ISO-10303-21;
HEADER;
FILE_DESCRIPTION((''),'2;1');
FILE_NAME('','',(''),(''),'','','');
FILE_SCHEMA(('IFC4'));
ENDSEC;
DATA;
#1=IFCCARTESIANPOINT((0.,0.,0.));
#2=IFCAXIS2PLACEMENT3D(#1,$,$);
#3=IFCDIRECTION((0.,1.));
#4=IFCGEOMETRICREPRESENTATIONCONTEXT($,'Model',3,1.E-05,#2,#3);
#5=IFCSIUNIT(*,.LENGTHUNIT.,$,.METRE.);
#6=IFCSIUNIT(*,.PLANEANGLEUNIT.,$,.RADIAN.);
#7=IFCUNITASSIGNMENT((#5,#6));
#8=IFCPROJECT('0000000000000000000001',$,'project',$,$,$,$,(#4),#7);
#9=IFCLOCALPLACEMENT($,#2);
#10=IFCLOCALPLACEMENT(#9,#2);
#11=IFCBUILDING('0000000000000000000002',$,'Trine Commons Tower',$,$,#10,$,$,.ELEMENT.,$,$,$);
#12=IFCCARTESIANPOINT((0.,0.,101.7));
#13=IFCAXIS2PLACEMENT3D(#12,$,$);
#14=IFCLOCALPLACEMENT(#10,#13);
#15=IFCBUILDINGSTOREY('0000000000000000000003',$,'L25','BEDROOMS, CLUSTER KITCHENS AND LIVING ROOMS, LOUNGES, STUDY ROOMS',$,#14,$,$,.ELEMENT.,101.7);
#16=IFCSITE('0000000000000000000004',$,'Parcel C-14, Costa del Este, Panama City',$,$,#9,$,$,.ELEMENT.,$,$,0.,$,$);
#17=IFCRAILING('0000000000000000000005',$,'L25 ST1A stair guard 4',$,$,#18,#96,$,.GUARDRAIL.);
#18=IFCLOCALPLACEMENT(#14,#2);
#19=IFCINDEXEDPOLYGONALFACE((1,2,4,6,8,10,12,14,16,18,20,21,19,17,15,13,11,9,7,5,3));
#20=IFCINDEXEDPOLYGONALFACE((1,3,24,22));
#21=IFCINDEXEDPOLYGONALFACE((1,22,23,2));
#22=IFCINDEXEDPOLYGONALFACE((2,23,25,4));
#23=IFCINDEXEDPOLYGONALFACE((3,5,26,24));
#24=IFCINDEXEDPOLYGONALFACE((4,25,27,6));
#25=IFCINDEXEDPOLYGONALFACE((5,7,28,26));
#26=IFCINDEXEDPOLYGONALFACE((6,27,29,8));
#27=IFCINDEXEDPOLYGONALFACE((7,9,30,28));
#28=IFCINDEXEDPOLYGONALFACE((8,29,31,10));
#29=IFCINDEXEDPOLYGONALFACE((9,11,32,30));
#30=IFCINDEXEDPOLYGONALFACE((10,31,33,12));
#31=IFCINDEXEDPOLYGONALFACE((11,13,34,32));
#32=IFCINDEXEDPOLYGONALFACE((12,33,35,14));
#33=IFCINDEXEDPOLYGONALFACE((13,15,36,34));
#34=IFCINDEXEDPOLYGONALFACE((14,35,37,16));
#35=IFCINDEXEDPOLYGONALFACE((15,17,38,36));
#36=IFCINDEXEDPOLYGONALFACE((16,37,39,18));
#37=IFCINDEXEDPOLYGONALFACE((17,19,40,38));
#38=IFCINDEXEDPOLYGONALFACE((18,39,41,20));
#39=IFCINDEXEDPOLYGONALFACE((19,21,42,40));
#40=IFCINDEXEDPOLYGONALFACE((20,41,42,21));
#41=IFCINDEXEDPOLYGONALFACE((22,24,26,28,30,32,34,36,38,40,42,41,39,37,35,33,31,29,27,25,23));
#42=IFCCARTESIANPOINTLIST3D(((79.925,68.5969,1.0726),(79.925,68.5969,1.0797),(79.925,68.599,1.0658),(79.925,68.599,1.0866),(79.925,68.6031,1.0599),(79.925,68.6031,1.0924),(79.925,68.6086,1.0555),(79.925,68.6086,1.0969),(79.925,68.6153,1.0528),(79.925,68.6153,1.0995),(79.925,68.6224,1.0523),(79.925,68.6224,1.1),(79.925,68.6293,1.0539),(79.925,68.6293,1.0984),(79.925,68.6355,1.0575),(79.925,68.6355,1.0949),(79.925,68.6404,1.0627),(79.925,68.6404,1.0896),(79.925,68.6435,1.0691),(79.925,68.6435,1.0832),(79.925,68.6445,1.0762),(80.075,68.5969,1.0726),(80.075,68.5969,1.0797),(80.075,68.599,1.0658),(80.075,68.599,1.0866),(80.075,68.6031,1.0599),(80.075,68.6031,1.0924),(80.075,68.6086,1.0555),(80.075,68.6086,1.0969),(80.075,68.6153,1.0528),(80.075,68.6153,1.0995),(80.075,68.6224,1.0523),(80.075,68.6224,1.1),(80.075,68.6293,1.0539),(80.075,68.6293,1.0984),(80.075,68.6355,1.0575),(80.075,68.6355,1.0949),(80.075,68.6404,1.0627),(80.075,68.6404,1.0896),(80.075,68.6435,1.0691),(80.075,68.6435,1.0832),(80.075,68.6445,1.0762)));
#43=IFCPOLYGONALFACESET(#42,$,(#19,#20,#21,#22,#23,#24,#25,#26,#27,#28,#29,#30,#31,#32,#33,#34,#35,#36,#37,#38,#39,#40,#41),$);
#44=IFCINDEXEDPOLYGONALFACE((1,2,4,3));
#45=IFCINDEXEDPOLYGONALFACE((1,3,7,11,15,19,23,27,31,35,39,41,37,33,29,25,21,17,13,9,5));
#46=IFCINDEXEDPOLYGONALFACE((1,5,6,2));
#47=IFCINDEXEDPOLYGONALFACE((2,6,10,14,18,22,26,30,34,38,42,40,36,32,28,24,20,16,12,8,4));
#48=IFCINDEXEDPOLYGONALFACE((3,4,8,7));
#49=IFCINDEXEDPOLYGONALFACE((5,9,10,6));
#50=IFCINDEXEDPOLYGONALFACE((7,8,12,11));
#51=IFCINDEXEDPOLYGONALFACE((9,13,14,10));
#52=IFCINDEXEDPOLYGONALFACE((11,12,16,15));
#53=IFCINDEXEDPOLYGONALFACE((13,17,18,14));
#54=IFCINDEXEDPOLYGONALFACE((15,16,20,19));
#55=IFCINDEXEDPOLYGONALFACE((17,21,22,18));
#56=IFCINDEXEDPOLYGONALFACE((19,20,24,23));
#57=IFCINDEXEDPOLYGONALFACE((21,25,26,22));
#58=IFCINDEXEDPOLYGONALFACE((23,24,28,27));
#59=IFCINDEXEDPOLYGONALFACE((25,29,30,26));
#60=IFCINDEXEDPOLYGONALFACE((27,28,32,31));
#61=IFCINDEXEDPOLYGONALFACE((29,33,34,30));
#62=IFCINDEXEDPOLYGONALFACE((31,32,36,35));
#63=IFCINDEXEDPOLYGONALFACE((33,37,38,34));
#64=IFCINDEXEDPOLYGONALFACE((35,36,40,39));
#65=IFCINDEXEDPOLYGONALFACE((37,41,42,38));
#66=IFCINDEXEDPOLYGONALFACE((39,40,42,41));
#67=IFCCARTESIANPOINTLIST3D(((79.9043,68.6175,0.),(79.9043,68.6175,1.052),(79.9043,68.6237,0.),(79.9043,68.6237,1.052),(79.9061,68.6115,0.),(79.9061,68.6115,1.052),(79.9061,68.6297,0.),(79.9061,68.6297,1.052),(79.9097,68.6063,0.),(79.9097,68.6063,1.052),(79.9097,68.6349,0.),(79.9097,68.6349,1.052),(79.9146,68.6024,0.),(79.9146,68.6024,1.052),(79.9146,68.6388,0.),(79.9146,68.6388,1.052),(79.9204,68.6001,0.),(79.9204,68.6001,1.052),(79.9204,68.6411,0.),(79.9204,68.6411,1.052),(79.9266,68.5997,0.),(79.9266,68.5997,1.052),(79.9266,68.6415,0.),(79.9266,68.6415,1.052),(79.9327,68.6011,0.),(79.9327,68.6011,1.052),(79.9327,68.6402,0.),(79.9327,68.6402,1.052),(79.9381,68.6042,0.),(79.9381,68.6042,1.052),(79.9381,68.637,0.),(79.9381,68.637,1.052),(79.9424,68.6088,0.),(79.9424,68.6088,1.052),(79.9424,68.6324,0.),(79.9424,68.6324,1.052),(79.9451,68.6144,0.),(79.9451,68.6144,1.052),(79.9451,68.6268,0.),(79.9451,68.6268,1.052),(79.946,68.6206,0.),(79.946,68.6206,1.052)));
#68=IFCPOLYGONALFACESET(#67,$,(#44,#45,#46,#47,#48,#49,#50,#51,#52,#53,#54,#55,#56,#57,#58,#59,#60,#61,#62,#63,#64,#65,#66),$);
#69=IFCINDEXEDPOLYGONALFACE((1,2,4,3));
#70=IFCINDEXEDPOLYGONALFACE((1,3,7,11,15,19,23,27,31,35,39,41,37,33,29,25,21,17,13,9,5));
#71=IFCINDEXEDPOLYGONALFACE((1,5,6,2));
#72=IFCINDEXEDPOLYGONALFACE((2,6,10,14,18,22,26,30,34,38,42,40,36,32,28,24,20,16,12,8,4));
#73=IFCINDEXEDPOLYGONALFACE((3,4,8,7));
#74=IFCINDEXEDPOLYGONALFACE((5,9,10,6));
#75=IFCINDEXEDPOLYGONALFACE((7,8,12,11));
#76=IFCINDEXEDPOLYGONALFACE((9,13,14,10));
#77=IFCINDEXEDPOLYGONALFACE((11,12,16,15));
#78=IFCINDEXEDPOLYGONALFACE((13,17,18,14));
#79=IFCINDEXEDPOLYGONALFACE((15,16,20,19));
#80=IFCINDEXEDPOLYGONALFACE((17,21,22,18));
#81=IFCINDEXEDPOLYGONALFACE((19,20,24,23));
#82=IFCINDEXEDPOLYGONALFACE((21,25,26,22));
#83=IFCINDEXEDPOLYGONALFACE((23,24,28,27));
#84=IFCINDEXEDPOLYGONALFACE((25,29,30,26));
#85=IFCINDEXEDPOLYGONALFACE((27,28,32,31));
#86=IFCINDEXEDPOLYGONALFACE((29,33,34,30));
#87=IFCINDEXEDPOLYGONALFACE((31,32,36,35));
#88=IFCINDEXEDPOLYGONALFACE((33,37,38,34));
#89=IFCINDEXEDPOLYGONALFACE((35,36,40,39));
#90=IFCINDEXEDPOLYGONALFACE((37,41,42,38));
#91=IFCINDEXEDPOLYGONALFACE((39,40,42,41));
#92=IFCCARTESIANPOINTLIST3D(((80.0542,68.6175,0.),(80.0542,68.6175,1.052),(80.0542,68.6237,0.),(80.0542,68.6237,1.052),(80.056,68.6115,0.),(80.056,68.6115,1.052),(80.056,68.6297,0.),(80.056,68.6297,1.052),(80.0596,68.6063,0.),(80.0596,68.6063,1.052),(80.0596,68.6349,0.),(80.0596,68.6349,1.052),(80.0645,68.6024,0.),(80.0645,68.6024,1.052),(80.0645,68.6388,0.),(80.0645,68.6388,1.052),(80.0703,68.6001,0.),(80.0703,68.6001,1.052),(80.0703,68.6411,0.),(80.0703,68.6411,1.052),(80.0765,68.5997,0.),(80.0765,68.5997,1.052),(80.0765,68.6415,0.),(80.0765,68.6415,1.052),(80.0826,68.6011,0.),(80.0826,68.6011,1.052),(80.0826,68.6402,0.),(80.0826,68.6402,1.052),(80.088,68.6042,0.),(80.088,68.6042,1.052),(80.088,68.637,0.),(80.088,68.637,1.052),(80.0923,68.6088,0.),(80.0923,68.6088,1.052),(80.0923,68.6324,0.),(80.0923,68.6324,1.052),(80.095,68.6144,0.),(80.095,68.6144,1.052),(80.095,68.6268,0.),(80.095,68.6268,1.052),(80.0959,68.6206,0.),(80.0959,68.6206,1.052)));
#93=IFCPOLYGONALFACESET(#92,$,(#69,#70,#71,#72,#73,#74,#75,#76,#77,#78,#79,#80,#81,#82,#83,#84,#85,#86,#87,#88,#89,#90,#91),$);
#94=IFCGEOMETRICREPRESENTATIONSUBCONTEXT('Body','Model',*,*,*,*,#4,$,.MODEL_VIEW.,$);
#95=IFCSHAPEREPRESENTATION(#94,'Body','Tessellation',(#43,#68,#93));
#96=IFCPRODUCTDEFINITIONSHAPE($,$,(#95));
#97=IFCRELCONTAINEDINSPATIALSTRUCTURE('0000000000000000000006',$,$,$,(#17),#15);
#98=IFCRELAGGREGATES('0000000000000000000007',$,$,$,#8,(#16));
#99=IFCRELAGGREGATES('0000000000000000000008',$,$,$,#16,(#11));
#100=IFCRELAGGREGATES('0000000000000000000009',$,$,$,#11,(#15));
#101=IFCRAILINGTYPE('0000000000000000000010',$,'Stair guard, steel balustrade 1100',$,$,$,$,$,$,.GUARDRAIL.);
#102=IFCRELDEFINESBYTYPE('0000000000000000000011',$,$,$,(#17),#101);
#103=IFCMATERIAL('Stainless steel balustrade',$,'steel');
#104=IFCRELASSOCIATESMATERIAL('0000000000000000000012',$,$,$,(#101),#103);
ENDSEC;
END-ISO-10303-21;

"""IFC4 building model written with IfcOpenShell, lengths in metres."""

from ifc_helpers import new_model, si_unit, direction, frame, origin, origin_2d, place, context, subcontext, project, spatial, circle, extrude, material, type_object, element, save


model = new_model("IFC4")

# Units and contexts
model_context = context("Model", 3, precision=1e-05, world=origin(), true_north=direction((0.0, 1.0)))
body_context = subcontext(model_context, "Body", "Model", "MODEL_VIEW")
ifc_project = project(units=[si_unit("LENGTHUNIT", "METRE"), si_unit("PLANEANGLEUNIT", "RADIAN")], contexts=[model_context])

# Site, building, storey
site_placement = place(None, origin())
site = spatial("IfcSite", under=ifc_project, at=site_placement, Name="Parcel C-14, Costa del Este, Panama City", CompositionType="ELEMENT", RefElevation=0.0)
building_placement = place(site_placement, origin())
building = spatial("IfcBuilding", under=site, at=building_placement, Name="Trine Commons Tower", CompositionType="ELEMENT")
storey_placement = place(building_placement, frame((0.0, 0.0, 101.7)))
storey = spatial("IfcBuildingStorey", under=building, at=storey_placement, Name="L25", Description="BEDROOMS, CLUSTER KITCHENS AND LIVING ROOMS, LOUNGES, STUDY ROOMS", CompositionType="ELEMENT", Elevation=101.7)

# Railing
ifc_material_1 = material(Name="Stainless steel balustrade", Category="steel")
railing_type_1 = type_object("IfcRailingType", Name="Stair guard, steel balustrade 1100", PredefinedType="GUARDRAIL", material=ifc_material_1)
railing_1_placement = place(storey_placement, frame((79.925, 68.6206, 0.0)))
element("IfcRailing", 1, at=railing_1_placement, inside=storey, type_object=railing_type_1, Name="L25 ST1A stair guard 4", PredefinedType="GUARDRAIL", context=body_context, shape_type="SweptSolid", body=[
    extrude(circle(Radius=0.0239, at=origin_2d()), frame((0.0, 0.0, 1.0762), z_axis=(1.0, 0.0, 0.0), x_axis=(0.0, 1.0, 0.0)), (0.0, 0.0, 1.0), 0.1499),
    extrude(circle(Radius=0.021, at=origin_2d()), origin(), (0.0, 0.0, 1.0), 1.052),
    extrude(circle(Radius=0.021, at=origin_2d()), frame((0.1499, 0.0, 0.0)), (0.0, 0.0, 1.0), 1.052),
])

save(model, "model.ifc")
